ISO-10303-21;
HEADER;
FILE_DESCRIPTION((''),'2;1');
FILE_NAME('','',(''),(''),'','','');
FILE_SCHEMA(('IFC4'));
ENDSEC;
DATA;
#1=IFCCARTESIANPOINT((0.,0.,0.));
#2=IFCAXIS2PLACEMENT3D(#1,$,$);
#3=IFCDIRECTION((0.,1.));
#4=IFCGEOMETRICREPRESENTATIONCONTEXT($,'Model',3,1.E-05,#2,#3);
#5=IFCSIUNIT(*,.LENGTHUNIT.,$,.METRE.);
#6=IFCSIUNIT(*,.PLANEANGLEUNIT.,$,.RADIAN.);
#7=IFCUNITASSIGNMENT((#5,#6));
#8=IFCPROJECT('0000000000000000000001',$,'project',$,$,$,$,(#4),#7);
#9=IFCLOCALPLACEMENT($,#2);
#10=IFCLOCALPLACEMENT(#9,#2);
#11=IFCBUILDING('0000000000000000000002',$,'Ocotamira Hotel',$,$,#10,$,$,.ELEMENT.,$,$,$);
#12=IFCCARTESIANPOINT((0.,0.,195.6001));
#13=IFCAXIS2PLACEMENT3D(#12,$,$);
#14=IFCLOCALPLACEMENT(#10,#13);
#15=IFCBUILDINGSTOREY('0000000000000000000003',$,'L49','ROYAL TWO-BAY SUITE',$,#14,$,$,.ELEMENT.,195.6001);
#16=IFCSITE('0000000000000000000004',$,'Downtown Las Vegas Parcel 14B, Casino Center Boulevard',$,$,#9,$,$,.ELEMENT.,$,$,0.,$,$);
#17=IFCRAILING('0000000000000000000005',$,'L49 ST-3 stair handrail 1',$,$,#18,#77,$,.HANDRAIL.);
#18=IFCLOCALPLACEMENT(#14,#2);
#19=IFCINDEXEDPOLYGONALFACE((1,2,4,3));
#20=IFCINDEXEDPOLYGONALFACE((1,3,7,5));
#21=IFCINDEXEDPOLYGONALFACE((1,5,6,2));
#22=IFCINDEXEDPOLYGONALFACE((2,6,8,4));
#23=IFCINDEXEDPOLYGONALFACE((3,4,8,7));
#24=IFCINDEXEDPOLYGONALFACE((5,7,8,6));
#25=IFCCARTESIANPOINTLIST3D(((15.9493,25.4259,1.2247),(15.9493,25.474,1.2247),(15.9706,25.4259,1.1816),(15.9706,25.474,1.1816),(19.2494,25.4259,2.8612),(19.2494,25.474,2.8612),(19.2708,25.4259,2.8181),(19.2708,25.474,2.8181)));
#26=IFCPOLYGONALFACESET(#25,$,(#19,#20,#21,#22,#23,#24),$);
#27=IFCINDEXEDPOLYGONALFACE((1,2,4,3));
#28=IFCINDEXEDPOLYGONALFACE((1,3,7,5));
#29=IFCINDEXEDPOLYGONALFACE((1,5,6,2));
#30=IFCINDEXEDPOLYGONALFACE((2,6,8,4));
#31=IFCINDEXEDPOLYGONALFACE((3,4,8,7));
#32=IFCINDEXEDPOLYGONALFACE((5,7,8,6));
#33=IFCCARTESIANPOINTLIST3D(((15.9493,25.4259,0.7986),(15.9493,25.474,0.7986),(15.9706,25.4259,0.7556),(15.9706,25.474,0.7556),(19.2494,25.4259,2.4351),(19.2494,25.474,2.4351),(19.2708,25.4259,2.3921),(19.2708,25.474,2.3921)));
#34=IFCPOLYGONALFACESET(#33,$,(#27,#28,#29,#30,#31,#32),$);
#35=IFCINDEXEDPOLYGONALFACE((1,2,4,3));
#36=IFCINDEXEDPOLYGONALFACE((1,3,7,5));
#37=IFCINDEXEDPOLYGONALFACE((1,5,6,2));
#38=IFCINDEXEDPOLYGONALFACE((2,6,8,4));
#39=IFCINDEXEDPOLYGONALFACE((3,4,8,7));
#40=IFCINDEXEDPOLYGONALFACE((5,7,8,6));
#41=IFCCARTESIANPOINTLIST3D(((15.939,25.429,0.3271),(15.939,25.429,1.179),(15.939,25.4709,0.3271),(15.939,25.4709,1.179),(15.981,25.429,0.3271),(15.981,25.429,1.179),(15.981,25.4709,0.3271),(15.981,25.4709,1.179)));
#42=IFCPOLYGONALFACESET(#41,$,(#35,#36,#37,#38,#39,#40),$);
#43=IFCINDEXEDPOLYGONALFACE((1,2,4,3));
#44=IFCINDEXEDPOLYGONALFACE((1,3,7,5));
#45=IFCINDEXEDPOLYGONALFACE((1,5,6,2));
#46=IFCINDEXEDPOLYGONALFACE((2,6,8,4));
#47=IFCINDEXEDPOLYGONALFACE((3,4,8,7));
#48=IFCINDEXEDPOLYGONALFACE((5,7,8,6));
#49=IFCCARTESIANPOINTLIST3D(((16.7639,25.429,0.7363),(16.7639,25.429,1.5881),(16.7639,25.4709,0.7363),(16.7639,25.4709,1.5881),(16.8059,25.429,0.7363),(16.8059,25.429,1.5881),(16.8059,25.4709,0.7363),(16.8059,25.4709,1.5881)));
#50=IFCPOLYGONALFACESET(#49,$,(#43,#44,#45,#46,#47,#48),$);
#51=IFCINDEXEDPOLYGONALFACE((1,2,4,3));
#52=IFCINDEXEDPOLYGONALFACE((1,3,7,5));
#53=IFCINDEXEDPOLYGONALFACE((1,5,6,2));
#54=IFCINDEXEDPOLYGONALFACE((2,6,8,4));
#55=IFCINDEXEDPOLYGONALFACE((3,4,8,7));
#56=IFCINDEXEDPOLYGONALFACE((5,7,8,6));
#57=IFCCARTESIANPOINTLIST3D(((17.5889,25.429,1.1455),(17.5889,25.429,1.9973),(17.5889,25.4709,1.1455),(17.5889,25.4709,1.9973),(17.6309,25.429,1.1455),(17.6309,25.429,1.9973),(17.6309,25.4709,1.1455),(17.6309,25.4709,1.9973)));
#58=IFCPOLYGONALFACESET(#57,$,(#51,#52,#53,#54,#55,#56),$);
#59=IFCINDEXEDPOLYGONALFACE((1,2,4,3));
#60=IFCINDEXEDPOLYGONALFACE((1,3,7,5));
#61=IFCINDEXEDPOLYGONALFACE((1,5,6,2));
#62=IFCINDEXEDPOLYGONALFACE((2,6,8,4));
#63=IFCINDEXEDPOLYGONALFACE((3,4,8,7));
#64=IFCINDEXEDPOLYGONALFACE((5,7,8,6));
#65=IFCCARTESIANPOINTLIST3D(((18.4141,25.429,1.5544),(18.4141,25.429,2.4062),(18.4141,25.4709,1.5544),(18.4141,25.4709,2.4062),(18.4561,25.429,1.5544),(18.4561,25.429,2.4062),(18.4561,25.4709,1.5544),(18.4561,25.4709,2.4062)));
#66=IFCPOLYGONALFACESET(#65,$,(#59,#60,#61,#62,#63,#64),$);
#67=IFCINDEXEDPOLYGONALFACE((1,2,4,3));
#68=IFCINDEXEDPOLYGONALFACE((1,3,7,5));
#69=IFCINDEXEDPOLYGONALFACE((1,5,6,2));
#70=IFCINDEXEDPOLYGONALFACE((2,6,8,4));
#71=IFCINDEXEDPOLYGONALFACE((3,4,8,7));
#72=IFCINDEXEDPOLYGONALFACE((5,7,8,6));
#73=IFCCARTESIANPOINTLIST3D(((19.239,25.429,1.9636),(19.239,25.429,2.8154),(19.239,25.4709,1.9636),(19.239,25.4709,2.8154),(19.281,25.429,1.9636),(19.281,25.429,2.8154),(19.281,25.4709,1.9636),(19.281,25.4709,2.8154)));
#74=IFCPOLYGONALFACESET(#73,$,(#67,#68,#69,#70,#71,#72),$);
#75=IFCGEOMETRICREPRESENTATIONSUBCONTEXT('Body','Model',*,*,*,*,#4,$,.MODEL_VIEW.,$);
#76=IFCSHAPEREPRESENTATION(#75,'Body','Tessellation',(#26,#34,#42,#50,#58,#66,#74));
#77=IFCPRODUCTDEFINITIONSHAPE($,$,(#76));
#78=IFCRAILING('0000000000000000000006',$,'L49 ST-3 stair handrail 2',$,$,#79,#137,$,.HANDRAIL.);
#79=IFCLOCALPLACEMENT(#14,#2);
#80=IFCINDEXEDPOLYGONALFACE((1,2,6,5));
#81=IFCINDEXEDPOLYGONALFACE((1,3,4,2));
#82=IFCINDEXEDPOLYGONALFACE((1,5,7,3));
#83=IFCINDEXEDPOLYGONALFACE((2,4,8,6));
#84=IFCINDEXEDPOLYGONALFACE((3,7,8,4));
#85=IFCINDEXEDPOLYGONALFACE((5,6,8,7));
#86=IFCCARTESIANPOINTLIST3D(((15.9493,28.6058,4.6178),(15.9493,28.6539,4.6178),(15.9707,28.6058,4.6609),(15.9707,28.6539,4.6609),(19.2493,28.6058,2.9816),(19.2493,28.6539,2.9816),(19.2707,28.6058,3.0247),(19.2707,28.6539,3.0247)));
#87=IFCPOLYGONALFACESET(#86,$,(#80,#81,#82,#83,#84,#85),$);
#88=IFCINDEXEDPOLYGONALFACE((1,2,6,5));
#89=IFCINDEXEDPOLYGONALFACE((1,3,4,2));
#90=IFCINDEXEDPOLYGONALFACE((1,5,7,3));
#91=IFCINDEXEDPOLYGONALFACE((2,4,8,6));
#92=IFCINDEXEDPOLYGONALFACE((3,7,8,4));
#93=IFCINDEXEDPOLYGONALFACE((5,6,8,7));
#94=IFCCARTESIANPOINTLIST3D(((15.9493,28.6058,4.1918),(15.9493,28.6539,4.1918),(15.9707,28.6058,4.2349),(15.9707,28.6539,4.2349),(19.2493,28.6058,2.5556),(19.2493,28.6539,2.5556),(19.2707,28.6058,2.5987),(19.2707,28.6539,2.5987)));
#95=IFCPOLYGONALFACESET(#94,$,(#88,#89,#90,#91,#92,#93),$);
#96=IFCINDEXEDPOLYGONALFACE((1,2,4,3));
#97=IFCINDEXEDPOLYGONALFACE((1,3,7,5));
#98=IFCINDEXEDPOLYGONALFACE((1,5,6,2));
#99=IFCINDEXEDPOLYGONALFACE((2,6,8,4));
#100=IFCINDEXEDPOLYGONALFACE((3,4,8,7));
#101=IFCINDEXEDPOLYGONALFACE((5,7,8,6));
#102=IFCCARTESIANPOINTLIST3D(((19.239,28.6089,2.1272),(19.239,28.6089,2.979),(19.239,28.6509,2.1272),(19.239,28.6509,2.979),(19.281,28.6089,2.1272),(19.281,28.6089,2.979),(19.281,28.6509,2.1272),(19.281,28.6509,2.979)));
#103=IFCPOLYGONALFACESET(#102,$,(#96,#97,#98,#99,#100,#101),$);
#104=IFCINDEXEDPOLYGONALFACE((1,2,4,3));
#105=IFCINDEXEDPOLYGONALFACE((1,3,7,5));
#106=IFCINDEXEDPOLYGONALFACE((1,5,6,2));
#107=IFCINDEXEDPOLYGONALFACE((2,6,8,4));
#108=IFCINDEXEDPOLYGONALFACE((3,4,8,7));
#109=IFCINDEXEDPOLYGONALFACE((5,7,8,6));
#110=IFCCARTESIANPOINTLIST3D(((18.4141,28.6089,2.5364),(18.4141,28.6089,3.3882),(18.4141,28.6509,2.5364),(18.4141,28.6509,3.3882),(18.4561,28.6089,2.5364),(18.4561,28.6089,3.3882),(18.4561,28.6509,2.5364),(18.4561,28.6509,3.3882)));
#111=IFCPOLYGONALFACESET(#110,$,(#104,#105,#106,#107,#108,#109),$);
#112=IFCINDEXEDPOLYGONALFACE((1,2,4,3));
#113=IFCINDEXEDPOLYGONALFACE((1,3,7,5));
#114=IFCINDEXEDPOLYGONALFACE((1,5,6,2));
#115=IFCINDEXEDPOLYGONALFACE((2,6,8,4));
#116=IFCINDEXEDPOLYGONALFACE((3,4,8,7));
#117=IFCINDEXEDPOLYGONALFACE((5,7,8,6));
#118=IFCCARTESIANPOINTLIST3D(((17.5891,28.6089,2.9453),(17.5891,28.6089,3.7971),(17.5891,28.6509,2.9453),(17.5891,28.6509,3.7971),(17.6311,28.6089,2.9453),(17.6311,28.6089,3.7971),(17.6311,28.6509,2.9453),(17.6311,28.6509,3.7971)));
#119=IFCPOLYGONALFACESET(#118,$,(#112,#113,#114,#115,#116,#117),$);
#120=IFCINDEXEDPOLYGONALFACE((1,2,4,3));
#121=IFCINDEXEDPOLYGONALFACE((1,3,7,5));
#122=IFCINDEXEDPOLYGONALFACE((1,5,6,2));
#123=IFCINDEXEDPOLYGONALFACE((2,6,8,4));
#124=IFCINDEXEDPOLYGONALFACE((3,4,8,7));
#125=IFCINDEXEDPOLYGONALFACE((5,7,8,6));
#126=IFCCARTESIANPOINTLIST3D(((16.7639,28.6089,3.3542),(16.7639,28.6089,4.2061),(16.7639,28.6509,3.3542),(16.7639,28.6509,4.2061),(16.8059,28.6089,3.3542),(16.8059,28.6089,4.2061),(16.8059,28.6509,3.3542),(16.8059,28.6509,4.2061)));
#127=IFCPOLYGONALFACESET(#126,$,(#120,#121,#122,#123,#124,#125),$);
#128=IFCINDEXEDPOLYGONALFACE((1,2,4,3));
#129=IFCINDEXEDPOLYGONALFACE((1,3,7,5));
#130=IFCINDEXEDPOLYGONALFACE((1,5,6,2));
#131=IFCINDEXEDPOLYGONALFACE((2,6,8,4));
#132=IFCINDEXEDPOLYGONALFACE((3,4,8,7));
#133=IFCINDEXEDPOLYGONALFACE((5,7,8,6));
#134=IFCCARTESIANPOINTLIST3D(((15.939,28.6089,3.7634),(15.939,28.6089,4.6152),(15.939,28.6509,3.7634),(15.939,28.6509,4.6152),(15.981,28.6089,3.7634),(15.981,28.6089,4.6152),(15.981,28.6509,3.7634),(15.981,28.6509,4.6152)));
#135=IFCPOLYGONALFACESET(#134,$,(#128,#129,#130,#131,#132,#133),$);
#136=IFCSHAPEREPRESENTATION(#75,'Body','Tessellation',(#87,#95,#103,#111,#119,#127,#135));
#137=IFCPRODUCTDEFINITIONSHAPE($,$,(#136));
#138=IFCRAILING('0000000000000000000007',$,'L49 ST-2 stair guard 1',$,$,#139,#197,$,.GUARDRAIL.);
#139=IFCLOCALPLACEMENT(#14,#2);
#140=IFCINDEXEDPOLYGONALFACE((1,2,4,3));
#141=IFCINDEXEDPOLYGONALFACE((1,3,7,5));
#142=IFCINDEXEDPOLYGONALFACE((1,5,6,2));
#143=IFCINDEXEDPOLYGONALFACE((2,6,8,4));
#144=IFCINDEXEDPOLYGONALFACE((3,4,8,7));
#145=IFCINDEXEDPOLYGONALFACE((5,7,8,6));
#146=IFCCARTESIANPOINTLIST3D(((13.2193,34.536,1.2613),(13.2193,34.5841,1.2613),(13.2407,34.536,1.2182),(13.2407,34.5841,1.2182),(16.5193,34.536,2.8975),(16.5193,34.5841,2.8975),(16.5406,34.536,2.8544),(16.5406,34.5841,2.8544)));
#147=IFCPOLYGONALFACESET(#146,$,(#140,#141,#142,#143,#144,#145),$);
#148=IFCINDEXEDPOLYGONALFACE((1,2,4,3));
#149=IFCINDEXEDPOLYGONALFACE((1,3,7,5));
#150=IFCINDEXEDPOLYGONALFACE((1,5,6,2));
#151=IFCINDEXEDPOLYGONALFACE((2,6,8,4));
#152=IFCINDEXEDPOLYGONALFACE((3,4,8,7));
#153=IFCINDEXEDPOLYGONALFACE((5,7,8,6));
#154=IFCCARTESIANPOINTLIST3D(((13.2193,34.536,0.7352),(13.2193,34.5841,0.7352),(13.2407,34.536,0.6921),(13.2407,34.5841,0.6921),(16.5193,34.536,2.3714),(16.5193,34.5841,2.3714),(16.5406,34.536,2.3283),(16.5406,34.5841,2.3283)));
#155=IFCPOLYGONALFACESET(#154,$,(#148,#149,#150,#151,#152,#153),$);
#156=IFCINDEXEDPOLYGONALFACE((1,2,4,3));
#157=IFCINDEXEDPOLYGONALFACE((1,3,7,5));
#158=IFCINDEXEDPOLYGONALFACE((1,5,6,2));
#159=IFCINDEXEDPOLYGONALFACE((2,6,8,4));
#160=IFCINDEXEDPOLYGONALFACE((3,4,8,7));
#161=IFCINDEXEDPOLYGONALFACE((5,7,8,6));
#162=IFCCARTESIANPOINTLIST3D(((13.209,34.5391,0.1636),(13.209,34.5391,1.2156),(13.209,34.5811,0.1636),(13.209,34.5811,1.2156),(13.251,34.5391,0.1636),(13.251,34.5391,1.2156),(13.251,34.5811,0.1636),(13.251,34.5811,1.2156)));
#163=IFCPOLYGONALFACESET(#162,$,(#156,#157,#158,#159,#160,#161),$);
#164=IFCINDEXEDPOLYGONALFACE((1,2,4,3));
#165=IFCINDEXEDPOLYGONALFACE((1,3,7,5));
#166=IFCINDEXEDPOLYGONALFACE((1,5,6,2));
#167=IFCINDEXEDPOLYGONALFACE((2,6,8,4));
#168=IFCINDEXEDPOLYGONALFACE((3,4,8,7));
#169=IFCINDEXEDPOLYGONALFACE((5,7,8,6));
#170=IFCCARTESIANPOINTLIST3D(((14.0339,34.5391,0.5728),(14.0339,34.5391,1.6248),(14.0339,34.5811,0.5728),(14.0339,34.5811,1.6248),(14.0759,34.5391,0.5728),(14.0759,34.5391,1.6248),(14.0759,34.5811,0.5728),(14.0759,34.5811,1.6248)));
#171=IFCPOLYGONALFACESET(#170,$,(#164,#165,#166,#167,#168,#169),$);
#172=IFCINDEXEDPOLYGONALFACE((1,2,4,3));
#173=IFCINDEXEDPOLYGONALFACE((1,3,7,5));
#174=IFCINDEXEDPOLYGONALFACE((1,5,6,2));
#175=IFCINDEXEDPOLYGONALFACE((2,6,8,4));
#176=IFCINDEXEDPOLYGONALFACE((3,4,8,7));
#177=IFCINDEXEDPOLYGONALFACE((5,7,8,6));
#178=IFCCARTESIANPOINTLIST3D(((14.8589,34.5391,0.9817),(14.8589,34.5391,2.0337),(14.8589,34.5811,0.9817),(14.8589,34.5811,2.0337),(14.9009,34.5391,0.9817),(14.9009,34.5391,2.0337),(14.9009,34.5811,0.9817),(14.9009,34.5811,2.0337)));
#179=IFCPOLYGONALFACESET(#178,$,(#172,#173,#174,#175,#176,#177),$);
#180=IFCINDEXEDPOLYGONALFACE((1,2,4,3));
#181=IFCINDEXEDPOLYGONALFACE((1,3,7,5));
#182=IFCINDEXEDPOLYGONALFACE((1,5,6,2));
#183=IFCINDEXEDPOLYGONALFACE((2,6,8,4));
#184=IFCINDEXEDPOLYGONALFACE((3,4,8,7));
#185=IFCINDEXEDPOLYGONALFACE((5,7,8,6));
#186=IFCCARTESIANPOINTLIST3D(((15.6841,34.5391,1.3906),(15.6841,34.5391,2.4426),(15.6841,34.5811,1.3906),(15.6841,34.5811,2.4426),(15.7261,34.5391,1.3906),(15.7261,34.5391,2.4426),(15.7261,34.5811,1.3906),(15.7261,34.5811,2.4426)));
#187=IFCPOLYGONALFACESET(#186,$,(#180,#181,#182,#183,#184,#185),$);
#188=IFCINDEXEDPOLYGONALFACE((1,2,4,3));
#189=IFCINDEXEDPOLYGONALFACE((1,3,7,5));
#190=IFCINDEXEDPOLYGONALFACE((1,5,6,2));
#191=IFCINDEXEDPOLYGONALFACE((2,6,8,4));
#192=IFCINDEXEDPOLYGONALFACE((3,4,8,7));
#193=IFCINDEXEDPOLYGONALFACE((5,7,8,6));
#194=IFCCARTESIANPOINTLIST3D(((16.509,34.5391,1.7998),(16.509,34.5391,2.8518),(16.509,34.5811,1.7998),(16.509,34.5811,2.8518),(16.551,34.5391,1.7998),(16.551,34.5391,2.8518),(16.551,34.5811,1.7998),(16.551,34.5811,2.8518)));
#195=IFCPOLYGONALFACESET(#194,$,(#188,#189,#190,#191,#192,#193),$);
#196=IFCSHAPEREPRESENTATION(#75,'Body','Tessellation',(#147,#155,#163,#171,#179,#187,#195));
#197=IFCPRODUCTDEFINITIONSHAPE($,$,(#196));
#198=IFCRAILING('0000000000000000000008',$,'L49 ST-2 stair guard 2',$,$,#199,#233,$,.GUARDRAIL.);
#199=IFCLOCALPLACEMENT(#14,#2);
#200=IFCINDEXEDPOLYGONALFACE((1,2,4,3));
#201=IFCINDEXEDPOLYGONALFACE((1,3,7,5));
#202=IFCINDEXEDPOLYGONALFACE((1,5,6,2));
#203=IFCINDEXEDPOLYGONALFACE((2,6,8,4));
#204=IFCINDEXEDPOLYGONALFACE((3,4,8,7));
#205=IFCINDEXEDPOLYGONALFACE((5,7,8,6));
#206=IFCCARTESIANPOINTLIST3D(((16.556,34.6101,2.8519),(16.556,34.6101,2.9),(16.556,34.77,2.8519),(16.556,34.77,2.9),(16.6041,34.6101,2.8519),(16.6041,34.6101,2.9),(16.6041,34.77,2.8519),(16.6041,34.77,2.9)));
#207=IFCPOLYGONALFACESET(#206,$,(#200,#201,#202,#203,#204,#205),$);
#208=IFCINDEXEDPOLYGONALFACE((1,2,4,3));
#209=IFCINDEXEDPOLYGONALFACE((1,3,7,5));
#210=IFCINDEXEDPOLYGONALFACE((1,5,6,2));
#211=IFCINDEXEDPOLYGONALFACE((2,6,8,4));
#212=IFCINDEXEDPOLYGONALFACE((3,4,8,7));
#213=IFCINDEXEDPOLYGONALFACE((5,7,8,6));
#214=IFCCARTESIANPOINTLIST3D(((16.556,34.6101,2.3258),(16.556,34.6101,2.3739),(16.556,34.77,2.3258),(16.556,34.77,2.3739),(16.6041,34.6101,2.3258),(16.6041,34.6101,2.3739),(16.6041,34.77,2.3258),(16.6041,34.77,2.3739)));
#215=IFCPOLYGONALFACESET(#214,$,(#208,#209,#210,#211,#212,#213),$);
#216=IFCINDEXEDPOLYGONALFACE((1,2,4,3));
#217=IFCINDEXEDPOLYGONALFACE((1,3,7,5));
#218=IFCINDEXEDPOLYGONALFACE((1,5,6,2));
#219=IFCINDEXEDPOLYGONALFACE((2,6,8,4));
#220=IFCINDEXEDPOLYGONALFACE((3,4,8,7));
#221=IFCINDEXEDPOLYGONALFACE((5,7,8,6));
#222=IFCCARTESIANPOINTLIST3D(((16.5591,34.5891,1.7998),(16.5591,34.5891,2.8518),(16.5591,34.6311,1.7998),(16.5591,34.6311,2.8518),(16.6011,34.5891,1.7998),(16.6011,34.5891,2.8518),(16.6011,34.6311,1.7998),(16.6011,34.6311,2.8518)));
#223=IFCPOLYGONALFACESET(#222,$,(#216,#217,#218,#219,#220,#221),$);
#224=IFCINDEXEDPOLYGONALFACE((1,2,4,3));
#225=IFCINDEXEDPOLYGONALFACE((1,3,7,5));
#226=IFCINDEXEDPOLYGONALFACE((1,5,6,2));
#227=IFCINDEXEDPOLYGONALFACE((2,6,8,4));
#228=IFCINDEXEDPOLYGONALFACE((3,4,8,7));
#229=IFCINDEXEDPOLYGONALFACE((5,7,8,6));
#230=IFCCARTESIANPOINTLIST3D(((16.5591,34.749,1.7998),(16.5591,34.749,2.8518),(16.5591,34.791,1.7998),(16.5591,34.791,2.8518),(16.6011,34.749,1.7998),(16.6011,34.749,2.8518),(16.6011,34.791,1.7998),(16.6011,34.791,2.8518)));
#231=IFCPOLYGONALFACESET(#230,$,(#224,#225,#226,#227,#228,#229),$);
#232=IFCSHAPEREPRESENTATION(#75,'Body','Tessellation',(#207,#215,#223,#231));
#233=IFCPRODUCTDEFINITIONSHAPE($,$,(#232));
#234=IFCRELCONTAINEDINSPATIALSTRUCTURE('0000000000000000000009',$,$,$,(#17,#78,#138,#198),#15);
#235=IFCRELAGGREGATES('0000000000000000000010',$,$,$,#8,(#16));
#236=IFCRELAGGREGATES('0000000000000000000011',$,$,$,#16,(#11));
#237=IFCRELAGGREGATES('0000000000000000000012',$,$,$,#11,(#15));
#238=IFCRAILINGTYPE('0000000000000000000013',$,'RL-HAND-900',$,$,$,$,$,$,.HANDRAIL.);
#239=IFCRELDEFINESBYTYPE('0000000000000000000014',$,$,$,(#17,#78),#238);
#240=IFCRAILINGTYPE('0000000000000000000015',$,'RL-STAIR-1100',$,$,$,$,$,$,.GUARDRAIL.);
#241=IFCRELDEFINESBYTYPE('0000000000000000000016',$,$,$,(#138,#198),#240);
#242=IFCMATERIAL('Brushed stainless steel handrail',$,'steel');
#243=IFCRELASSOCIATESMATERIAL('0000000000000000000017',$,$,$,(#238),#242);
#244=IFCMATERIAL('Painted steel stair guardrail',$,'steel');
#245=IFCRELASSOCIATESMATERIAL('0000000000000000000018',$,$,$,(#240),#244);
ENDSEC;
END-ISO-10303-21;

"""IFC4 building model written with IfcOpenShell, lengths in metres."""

from ifc_helpers import new_model, si_unit, direction, frame, origin, origin_2d, place, context, subcontext, project, spatial, rectangle, extrude, material, type_object, element, save


model = new_model("IFC4")

# Units and contexts
model_context = context("Model", 3, precision=1e-05, world=origin(), true_north=direction((0.0, 1.0)))
body_context = subcontext(model_context, "Body", "Model", "MODEL_VIEW")
ifc_project = project(units=[si_unit("LENGTHUNIT", "METRE"), si_unit("PLANEANGLEUNIT", "RADIAN")], contexts=[model_context])

# Site, building, storey
site_placement = place(None, origin())
site = spatial("IfcSite", under=ifc_project, at=site_placement, Name="Downtown Las Vegas Parcel 14B, Casino Center Boulevard", CompositionType="ELEMENT", RefElevation=0.0)
building_placement = place(site_placement, origin())
building = spatial("IfcBuilding", under=site, at=building_placement, Name="Ocotamira Hotel", CompositionType="ELEMENT")
storey_placement = place(building_placement, frame((0.0, 0.0, 195.6001)))
storey = spatial("IfcBuildingStorey", under=building, at=storey_placement, Name="L49", Description="ROYAL TWO-BAY SUITE", CompositionType="ELEMENT", Elevation=195.6001)

# Railings
ifc_material_1 = material(Name="Brushed stainless steel handrail", Category="steel")
railing_type_1 = type_object("IfcRailingType", Name="RL-HAND-900", PredefinedType="HANDRAIL", material=ifc_material_1)
for number, where, name in (
    (1, (15.96, 25.45, 0.3271), "L49 ST-3 stair handrail 1"),
):
    element("IfcRailing", number, at=place(storey_placement, frame(where)), inside=storey, type_object=railing_type_1, Name=name, PredefinedType="HANDRAIL", context=body_context, shape_type="SweptSolid", body=[
        extrude(rectangle(XDim=0.0481, YDim=0.0481, at=origin_2d()), frame((0.0, 0.0, 0.876), z_axis=(0.895894, 0.0, 0.444268), x_axis=(0.0, 1.0, 0.0)), (0.0, 0.0, 1.0), 3.6836),
        extrude(rectangle(XDim=0.0481, YDim=0.0481, at=origin_2d()), frame((0.0, 0.0, 0.45), z_axis=(0.895894, 0.0, 0.444268), x_axis=(0.0, 1.0, 0.0)), (0.0, 0.0, 1.0), 3.6836),
        extrude(rectangle(XDim=0.042, YDim=0.042, at=origin_2d()), origin(), (0.0, 0.0, 1.0), 0.8518),
        extrude(rectangle(XDim=0.042, YDim=0.042, at=origin_2d()), frame((0.825, 0.0, 0.4092)), (0.0, 0.0, 1.0), 0.8518),
        extrude(rectangle(XDim=0.042, YDim=0.042, at=origin_2d()), frame((1.6499, 0.0, 0.8184)), (0.0, 0.0, 1.0), 0.8518),
        extrude(rectangle(XDim=0.042, YDim=0.042, at=origin_2d()), frame((2.4751, 0.0, 1.2273)), (0.0, 0.0, 1.0), 0.8518),
        extrude(rectangle(XDim=0.042, YDim=0.042, at=origin_2d()), frame((3.3, 0.0, 1.6365)), (0.0, 0.0, 1.0), 0.8518),
    ])
railing_1_placement = place(storey_placement, frame((19.26, 28.6299, 2.1272)))
element("IfcRailing", 2, at=railing_1_placement, inside=storey, type_object=railing_type_1, Name="L49 ST-3 stair handrail 2", PredefinedType="HANDRAIL", context=body_context, shape_type="SweptSolid", body=[
    extrude(rectangle(XDim=0.0481, YDim=0.0481, at=origin_2d()), frame((0.0, 0.0, 0.876), z_axis=(-0.89592, 0.0, 0.444215), x_axis=(0.0, -1.0, 0.0)), (0.0, 0.0, 1.0), 3.6833),
    extrude(rectangle(XDim=0.0481, YDim=0.0481, at=origin_2d()), frame((0.0, 0.0, 0.45), z_axis=(-0.89592, 0.0, 0.444215), x_axis=(0.0, -1.0, 0.0)), (0.0, 0.0, 1.0), 3.6833),
    extrude(rectangle(XDim=0.042, YDim=0.042, at=origin_2d()), origin(), (0.0, 0.0, 1.0), 0.8518),
    extrude(rectangle(XDim=0.042, YDim=0.042, at=origin_2d()), frame((-0.825, 0.0, 0.4092)), (0.0, 0.0, 1.0), 0.8518),
    extrude(rectangle(XDim=0.042, YDim=0.042, at=origin_2d()), frame((-1.6499, 0.0, 0.8181)), (0.0, 0.0, 1.0), 0.8518),
    extrude(rectangle(XDim=0.042, YDim=0.042, at=origin_2d()), frame((-2.4751, 0.0, 1.2271)), (0.0, 0.0, 1.0), 0.8518),
    extrude(rectangle(XDim=0.042, YDim=0.042, at=origin_2d()), frame((-3.3, 0.0, 1.6362)), (0.0, 0.0, 1.0), 0.8518),
])
ifc_material_2 = material(Name="Painted steel stair guardrail", Category="steel")
railing_type_2 = type_object("IfcRailingType", Name="RL-STAIR-1100", PredefinedType="GUARDRAIL", material=ifc_material_2)
railing_2_placement = place(storey_placement, frame((13.23, 34.5601, 0.1636)))
element("IfcRailing", 3, at=railing_2_placement, inside=storey, type_object=railing_type_2, Name="L49 ST-2 stair guard 1", PredefinedType="GUARDRAIL", context=body_context, shape_type="SweptSolid", body=[
    extrude(rectangle(XDim=0.0481, YDim=0.0481, at=origin_2d()), frame((0.0, 0.0, 1.0762), z_axis=(0.89592, 0.0, 0.444215), x_axis=(0.0, 1.0, 0.0)), (0.0, 0.0, 1.0), 3.6833),
    extrude(rectangle(XDim=0.0481, YDim=0.0481, at=origin_2d()), frame((0.0, 0.0, 0.55), z_axis=(0.89592, 0.0, 0.444215), x_axis=(0.0, 1.0, 0.0)), (0.0, 0.0, 1.0), 3.6833),
    extrude(rectangle(XDim=0.042, YDim=0.042, at=origin_2d()), origin(), (0.0, 0.0, 1.0), 1.052),
    extrude(rectangle(XDim=0.042, YDim=0.042, at=origin_2d()), frame((0.825, 0.0, 0.4092)), (0.0, 0.0, 1.0), 1.052),
    extrude(rectangle(XDim=0.042, YDim=0.042, at=origin_2d()), frame((1.6499, 0.0, 0.8181)), (0.0, 0.0, 1.0), 1.052),
    extrude(rectangle(XDim=0.042, YDim=0.042, at=origin_2d()), frame((2.4751, 0.0, 1.2271)), (0.0, 0.0, 1.0), 1.052),
    extrude(rectangle(XDim=0.042, YDim=0.042, at=origin_2d()), frame((3.3, 0.0, 1.6362)), (0.0, 0.0, 1.0), 1.052),
])
railing_3_placement = place(storey_placement, frame((16.5801, 34.6101, 1.7998)))
element("IfcRailing", 4, at=railing_3_placement, inside=storey, type_object=railing_type_2, Name="L49 ST-2 stair guard 2", PredefinedType="GUARDRAIL", context=body_context, shape_type="SweptSolid", body=[
    extrude(rectangle(XDim=0.0481, YDim=0.0481, at=origin_2d()), frame((0.0, 0.0, 1.0762), z_axis=(0.0, 1.0, 0.0), x_axis=(-1.0, 0.0, 0.0)), (0.0, 0.0, 1.0), 0.1599),
    extrude(rectangle(XDim=0.0481, YDim=0.0481, at=origin_2d()), frame((0.0, 0.0, 0.55), z_axis=(0.0, 1.0, 0.0), x_axis=(-1.0, 0.0, 0.0)), (0.0, 0.0, 1.0), 0.1599),
    extrude(rectangle(XDim=0.042, YDim=0.042, at=origin_2d()), origin(), (0.0, 0.0, 1.0), 1.052),
    extrude(rectangle(XDim=0.042, YDim=0.042, at=origin_2d()), frame((0.0, 0.1599, 0.0)), (0.0, 0.0, 1.0), 1.052),
])

save(model, "model.ifc")
